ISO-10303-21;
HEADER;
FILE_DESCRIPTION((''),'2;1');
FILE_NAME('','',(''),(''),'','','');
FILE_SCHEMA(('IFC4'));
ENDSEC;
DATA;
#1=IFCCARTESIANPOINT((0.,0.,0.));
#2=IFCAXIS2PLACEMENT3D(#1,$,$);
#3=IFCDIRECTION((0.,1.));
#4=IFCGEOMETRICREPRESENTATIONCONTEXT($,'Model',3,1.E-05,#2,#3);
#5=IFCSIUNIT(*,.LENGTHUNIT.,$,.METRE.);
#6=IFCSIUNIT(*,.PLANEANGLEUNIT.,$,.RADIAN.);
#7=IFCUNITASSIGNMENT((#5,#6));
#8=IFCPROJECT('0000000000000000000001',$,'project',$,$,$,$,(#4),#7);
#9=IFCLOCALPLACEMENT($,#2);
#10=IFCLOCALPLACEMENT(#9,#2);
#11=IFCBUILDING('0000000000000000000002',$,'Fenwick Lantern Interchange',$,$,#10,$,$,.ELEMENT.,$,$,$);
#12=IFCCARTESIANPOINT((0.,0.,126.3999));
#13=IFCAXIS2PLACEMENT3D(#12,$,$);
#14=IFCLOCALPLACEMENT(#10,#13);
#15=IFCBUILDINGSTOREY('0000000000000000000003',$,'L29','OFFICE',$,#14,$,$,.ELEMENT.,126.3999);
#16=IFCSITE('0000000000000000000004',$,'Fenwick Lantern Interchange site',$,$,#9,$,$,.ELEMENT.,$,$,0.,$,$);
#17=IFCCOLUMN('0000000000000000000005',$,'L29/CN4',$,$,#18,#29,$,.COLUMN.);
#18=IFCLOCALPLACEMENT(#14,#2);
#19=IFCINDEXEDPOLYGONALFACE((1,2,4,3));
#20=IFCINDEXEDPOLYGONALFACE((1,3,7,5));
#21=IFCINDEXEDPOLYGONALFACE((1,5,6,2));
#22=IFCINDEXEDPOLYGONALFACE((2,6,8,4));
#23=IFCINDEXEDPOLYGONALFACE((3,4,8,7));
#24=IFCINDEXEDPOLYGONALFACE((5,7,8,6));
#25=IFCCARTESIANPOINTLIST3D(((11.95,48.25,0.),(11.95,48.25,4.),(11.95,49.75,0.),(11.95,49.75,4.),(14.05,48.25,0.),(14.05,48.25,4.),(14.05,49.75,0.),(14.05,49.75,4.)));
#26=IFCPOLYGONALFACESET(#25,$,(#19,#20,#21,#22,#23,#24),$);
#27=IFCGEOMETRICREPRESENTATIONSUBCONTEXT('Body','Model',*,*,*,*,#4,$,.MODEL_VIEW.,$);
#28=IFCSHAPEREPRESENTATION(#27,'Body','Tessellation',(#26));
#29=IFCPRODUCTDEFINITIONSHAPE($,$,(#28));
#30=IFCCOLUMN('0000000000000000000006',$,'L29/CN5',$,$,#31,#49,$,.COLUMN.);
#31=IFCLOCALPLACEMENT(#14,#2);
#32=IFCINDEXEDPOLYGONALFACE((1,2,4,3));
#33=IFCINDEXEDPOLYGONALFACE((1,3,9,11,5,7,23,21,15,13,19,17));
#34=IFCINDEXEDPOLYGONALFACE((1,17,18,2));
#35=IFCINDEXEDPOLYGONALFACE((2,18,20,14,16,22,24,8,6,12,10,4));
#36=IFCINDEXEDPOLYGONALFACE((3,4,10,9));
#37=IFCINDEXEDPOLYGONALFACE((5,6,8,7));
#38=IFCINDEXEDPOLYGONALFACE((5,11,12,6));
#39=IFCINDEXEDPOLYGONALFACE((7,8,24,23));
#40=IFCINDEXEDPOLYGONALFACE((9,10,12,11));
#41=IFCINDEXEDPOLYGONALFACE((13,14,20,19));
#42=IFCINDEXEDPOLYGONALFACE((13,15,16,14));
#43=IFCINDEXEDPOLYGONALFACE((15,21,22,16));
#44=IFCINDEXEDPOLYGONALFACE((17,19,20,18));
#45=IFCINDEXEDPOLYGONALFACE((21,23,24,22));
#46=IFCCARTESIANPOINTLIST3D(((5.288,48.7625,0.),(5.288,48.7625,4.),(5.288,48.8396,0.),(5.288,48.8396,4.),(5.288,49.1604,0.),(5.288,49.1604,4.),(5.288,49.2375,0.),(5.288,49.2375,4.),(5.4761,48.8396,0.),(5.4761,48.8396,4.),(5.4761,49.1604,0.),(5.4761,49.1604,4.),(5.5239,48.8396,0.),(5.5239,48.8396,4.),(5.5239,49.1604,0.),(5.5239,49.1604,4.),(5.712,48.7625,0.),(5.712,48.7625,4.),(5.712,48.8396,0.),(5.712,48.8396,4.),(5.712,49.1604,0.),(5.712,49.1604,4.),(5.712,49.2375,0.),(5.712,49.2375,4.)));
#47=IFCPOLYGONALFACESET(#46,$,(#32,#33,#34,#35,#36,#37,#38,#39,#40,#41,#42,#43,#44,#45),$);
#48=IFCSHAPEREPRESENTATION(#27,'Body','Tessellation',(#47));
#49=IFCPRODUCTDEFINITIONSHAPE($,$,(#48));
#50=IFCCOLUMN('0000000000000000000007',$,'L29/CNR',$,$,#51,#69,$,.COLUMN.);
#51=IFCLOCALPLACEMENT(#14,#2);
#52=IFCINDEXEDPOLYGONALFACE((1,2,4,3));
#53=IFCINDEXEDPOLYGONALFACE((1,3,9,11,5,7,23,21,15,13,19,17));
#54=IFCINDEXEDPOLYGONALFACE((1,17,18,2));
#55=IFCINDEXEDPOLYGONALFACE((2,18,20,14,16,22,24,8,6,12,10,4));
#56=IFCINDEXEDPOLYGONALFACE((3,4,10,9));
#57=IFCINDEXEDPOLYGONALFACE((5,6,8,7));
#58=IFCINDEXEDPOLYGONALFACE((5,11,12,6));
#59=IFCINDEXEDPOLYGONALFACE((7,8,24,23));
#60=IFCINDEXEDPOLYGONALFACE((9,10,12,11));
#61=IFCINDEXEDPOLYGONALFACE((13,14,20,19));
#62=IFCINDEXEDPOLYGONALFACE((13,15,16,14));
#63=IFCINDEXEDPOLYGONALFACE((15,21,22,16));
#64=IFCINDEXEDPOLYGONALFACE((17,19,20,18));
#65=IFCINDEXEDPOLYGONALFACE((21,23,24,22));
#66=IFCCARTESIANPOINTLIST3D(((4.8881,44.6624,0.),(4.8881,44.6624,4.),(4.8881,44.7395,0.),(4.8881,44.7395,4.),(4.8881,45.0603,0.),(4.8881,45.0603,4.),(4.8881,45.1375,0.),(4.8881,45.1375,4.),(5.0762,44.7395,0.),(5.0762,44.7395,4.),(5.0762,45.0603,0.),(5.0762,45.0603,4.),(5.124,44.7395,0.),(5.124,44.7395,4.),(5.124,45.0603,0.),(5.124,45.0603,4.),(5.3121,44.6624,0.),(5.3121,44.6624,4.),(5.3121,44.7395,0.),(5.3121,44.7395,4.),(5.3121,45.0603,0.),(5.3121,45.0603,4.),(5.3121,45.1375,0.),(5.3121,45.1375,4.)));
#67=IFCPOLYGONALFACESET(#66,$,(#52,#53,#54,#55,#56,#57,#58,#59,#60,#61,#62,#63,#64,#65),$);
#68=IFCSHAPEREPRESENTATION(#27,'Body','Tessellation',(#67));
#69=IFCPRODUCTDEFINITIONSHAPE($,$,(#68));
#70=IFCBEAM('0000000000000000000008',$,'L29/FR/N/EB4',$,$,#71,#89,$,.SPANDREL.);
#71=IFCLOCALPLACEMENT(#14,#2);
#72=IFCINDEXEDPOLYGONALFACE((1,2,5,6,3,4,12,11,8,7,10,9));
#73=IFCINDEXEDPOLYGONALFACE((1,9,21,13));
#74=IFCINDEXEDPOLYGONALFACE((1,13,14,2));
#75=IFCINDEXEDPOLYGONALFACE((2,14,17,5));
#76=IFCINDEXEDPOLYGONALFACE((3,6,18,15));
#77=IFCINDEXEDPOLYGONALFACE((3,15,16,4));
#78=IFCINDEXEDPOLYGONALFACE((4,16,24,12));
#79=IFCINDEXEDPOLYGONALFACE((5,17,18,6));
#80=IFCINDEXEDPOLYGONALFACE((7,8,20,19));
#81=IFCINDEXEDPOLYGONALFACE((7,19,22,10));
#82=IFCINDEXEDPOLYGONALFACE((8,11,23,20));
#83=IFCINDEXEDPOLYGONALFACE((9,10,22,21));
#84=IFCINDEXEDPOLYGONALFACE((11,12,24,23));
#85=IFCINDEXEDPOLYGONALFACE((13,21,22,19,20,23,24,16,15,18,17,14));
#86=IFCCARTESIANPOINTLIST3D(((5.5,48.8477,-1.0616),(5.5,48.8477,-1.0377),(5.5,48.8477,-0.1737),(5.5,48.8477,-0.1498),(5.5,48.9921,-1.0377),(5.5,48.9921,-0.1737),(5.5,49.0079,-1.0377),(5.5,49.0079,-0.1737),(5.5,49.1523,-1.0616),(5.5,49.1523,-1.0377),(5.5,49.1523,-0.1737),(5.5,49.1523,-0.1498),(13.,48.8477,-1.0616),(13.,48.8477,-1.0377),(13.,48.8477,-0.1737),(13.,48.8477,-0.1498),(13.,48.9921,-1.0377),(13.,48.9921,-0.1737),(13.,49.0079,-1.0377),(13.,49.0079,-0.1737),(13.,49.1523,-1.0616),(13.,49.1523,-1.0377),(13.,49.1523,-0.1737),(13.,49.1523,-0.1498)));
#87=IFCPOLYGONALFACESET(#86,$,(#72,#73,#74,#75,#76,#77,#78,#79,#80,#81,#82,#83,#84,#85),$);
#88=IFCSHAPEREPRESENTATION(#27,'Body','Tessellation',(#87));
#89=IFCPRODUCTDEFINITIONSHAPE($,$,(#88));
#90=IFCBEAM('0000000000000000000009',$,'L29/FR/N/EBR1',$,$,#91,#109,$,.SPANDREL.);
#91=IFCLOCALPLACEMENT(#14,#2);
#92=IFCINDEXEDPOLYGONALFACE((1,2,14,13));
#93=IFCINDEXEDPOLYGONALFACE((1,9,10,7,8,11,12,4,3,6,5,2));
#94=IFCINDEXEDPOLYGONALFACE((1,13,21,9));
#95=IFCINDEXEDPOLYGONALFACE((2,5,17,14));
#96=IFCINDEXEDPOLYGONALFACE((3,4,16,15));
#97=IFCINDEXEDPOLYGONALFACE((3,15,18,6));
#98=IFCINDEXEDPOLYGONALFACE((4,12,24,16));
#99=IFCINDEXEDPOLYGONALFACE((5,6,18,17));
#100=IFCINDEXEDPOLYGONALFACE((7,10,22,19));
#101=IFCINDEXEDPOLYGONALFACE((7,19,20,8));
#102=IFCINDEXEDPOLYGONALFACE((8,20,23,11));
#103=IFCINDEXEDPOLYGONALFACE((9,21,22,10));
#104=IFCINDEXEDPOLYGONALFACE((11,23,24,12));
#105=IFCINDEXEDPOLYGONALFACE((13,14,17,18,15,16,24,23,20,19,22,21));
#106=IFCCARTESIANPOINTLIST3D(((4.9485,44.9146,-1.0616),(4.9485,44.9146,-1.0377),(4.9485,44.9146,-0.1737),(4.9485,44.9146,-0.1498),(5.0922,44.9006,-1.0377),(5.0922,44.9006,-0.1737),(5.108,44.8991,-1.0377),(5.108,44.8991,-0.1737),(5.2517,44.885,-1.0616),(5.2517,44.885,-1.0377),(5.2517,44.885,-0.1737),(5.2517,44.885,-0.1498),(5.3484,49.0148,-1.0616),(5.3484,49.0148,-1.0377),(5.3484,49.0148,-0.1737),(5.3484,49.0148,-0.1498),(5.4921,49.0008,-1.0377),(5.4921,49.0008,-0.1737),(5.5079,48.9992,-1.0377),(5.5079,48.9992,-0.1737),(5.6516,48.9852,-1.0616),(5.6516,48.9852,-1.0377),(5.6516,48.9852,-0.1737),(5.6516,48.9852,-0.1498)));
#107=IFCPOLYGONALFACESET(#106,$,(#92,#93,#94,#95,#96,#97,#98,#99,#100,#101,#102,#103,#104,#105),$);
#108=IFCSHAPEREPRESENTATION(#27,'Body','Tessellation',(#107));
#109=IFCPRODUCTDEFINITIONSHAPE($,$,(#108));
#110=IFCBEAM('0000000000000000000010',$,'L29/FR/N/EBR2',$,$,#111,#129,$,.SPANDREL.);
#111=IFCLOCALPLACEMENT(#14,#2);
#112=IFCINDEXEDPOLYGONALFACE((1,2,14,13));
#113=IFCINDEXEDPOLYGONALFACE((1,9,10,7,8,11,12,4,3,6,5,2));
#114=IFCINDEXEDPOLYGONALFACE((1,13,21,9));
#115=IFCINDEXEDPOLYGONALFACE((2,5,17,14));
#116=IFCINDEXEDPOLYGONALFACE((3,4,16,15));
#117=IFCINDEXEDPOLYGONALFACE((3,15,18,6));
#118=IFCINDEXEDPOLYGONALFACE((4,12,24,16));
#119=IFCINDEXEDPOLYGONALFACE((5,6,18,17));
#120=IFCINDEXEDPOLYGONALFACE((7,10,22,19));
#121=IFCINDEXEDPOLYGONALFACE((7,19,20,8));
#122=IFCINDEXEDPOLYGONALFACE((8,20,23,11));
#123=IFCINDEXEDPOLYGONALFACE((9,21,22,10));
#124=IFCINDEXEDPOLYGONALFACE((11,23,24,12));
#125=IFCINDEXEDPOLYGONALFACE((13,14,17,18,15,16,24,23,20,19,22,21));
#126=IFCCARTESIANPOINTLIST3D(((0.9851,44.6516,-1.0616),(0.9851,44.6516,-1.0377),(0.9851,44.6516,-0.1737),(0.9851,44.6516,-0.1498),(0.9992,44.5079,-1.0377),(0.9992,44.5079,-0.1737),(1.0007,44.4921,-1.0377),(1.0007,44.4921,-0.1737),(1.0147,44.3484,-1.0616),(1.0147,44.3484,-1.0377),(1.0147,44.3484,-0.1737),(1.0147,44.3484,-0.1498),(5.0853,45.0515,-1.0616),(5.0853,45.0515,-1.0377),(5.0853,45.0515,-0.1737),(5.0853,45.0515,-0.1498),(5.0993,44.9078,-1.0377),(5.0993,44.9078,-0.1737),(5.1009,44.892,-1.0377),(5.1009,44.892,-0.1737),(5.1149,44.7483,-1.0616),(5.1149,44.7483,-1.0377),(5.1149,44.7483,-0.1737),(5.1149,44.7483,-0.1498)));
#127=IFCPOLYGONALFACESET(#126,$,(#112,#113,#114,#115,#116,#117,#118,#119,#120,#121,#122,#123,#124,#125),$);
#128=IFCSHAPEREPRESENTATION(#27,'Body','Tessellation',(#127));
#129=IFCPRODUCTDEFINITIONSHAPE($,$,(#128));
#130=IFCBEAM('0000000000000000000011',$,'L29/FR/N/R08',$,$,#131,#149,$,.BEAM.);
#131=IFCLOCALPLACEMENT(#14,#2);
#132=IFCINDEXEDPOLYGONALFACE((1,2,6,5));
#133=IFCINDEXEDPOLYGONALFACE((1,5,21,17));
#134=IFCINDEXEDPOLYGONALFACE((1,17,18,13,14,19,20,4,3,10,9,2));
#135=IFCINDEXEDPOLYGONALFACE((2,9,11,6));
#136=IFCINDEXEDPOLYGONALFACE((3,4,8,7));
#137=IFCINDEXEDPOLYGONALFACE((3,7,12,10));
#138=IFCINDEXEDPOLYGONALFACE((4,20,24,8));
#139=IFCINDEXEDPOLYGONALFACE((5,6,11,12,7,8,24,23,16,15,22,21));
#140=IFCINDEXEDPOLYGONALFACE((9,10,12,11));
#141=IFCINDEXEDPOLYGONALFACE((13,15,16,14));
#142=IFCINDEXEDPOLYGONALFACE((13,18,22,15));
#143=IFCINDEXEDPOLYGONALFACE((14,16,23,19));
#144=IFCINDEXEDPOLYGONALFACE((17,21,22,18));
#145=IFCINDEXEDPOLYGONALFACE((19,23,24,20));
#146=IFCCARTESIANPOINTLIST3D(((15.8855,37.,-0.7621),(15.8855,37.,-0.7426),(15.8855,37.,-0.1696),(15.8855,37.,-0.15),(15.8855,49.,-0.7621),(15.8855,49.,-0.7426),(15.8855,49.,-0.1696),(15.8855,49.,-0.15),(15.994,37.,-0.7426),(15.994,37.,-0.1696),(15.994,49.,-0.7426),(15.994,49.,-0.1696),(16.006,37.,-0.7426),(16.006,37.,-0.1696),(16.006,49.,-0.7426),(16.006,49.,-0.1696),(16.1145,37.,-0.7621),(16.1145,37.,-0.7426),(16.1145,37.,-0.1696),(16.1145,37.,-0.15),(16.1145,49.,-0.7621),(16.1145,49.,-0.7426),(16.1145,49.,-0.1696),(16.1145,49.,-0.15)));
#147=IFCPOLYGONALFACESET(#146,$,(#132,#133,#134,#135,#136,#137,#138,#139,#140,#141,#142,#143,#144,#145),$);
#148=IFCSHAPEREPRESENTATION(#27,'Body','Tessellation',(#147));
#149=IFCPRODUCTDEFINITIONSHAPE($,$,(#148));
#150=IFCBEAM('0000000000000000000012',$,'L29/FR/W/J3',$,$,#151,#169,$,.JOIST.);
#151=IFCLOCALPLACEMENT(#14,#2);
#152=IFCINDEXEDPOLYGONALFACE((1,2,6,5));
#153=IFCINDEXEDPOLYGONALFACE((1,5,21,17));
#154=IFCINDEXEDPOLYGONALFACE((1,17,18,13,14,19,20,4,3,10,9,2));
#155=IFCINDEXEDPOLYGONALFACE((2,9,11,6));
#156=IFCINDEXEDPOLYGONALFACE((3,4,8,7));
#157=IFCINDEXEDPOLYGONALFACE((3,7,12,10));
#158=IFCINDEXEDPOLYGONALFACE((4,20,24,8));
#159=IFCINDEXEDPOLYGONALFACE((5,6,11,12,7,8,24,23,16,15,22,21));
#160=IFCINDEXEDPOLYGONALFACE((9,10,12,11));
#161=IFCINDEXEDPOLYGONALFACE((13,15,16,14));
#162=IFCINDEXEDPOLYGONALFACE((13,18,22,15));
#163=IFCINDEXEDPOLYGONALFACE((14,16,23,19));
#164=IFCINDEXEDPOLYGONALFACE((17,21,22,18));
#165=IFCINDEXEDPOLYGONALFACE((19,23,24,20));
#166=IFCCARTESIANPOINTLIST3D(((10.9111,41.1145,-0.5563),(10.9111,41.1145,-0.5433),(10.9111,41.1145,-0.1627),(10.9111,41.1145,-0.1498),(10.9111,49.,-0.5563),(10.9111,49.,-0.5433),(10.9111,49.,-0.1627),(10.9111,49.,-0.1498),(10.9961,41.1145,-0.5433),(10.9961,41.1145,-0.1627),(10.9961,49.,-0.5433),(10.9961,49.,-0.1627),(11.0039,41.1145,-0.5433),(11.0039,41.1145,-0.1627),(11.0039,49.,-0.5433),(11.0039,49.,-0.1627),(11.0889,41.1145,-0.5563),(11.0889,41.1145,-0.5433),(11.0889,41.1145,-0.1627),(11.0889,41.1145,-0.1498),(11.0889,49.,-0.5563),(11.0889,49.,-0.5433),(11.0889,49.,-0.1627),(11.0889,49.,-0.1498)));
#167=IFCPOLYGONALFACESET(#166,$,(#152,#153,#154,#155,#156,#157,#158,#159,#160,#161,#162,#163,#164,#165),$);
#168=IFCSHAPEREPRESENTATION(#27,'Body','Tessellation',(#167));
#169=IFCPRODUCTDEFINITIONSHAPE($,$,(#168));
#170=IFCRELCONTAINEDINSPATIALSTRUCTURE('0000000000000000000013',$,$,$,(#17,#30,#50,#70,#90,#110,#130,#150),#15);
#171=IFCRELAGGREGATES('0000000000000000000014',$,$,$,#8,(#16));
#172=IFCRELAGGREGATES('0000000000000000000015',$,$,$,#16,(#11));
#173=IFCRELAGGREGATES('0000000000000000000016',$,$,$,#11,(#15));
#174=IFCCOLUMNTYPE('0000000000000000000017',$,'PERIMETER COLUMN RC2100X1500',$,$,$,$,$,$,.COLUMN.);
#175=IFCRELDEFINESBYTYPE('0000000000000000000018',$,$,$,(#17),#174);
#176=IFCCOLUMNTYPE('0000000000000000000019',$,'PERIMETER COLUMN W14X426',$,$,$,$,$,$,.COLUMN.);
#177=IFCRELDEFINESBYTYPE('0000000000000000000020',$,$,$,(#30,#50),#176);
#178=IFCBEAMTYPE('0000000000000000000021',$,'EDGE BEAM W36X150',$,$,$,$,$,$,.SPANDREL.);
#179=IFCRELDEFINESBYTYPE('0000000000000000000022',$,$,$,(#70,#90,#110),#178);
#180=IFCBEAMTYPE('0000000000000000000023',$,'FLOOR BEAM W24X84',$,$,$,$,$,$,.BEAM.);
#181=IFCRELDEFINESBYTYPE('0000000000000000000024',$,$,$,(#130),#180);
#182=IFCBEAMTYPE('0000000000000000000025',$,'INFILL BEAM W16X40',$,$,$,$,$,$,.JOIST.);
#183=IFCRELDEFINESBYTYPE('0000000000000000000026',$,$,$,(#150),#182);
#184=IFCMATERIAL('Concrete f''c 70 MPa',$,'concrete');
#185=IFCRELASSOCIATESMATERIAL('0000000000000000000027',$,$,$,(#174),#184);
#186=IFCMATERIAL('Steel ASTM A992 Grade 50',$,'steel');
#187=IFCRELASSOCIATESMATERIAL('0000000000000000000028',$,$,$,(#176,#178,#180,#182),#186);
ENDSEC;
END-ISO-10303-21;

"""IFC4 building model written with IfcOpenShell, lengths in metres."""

from ifc_helpers import new_model, si_unit, direction, frame, origin, origin_2d, place, context, subcontext, project, spatial, rectangle, i_section, extrude, material, material_profile, profile_set, type_object, element, save


model = new_model("IFC4")

# Units and contexts
model_context = context("Model", 3, precision=1e-05, world=origin(), true_north=direction((0.0, 1.0)))
body_context = subcontext(model_context, "Body", "Model", "MODEL_VIEW")
ifc_project = project(units=[si_unit("LENGTHUNIT", "METRE"), si_unit("PLANEANGLEUNIT", "RADIAN")], contexts=[model_context])

# Site, building, storey
site_placement = place(None, origin())
site = spatial("IfcSite", under=ifc_project, at=site_placement, Name="Fenwick Lantern Interchange site", CompositionType="ELEMENT", RefElevation=0.0)
building_placement = place(site_placement, origin())
building = spatial("IfcBuilding", under=site, at=building_placement, Name="Fenwick Lantern Interchange", CompositionType="ELEMENT")
storey_placement = place(building_placement, frame((0.0, 0.0, 126.3999)))
storey = spatial("IfcBuildingStorey", under=building, at=storey_placement, Name="L29", Description="OFFICE", CompositionType="ELEMENT", Elevation=126.3999)

# Columns
ifc_material_1 = material(Name="Concrete f'c 70 MPa", Category="concrete")
ifc_material_profile_1 = material_profile(ifc_material_1, rectangle(XDim=2.1001, YDim=1.5, at=origin_2d()), Name="RC2100X1500")
ifc_profile_set_1 = profile_set([ifc_material_profile_1], Name="Concrete f'c 70 MPa")
column_type_1 = type_object("IfcColumnType", Name="PERIMETER COLUMN RC2100X1500", PredefinedType="COLUMN", material=ifc_profile_set_1)
column_placement = place(storey_placement, frame((13.0, 49.0, 0.0), z_axis=(0.0, 0.0, 1.0), x_axis=(1.0, 0.0, 0.0)))
element("IfcColumn", 1, at=column_placement, inside=storey, type_object=column_type_1, Name="L29/CN4", PredefinedType="COLUMN", context=body_context, shape_type="SweptSolid", body=[
    extrude(rectangle(XDim=2.1001, YDim=1.5, at=origin_2d()), origin(), (0.0, 0.0, 1.0), 4.0),
])
ifc_material_2 = material(Name="Steel ASTM A992 Grade 50", Category="steel")
ifc_material_profile_2 = material_profile(ifc_material_2, i_section(OverallWidth=0.4241, OverallDepth=0.4751, WebThickness=0.0479, FlangeThickness=0.0771, at=origin_2d()), Name="W14X426")
ifc_profile_set_2 = profile_set([ifc_material_profile_2], Name="Steel ASTM A992 Grade 50")
column_type_2 = type_object("IfcColumnType", Name="PERIMETER COLUMN W14X426", PredefinedType="COLUMN", material=ifc_profile_set_2)
for number, where, z_axis, x_axis, name in (
    (2, (5.5, 49.0, 0.0), (0.0, 0.0, 1.0), (1.0, 0.0, 0.0), "L29/CN5"),
    (3, (5.1001, 44.8999, 0.0), (0.0, 0.0, 1.0), (1.0, 0.0, 0.0), "L29/CNR"),
):
    element("IfcColumn", number, at=place(storey_placement, frame(where, z_axis=z_axis, x_axis=x_axis)), inside=storey, type_object=column_type_2, Name=name, PredefinedType="COLUMN", context=body_context, shape_type="SweptSolid", body=[
        extrude(i_section(OverallWidth=0.4241, OverallDepth=0.4751, WebThickness=0.0479, FlangeThickness=0.0771, at=origin_2d()), origin(), (0.0, 0.0, 1.0), 4.0),
    ])

# Beams
ifc_material_profile_3 = material_profile(ifc_material_2, i_section(OverallWidth=0.3047, OverallDepth=0.9119, WebThickness=0.0159, FlangeThickness=0.0239, at=origin_2d()), Name="W36X150")
ifc_profile_set_3 = profile_set([ifc_material_profile_3], Name="Steel ASTM A992 Grade 50")
beam_type_1 = type_object("IfcBeamType", Name="EDGE BEAM W36X150", PredefinedType="SPANDREL", material=ifc_profile_set_3)
beam_1_placement = place(storey_placement, frame((13.0, 49.0, -0.6057), z_axis=(-1.0, 0.0, 0.0), x_axis=(0.0, -1.0, 0.0)))
element("IfcBeam", 4, at=beam_1_placement, inside=storey, type_object=beam_type_1, Name="L29/FR/N/EB4", PredefinedType="SPANDREL", context=body_context, shape_type="SweptSolid", body=[
    extrude(i_section(OverallWidth=0.3047, OverallDepth=0.9119, WebThickness=0.0159, FlangeThickness=0.0239, at=origin_2d()), origin(), (0.0, 0.0, 1.0), 7.5),
])
for number, where, z_axis, x_axis, name in (
    (5, (5.5, 49.0, -0.6057), (-0.097074, -0.995277, 0.0), (0.995277, -0.097074, 0.0), "L29/FR/N/EBR1"),
    (6, (5.1001, 44.8999, -0.6057), (-0.995277, -0.097074, 0.0), (0.097074, -0.995277, 0.0), "L29/FR/N/EBR2"),
):
    element("IfcBeam", number, at=place(storey_placement, frame(where, z_axis=z_axis, x_axis=x_axis)), inside=storey, type_object=beam_type_1, Name=name, PredefinedType="SPANDREL", context=body_context, shape_type="SweptSolid", body=[
        extrude(i_section(OverallWidth=0.3047, OverallDepth=0.9119, WebThickness=0.0159, FlangeThickness=0.0239, at=origin_2d()), origin(), (0.0, 0.0, 1.0), 4.1196),
    ])
ifc_material_profile_4 = material_profile(ifc_material_2, i_section(OverallWidth=0.229, OverallDepth=0.6121, WebThickness=0.012, FlangeThickness=0.0195, at=origin_2d()), Name="W24X84")
ifc_profile_set_4 = profile_set([ifc_material_profile_4], Name="Steel ASTM A992 Grade 50")
beam_type_2 = type_object("IfcBeamType", Name="FLOOR BEAM W24X84", PredefinedType="BEAM", material=ifc_profile_set_4)
beam_2_placement = place(storey_placement, frame((16.0, 49.0, -0.4561), z_axis=(0.0, -1.0, 0.0), x_axis=(1.0, 0.0, 0.0)))
element("IfcBeam", 7, at=beam_2_placement, inside=storey, type_object=beam_type_2, Name="L29/FR/N/R08", PredefinedType="BEAM", context=body_context, shape_type="SweptSolid", body=[
    extrude(i_section(OverallWidth=0.229, OverallDepth=0.6121, WebThickness=0.012, FlangeThickness=0.0195, at=origin_2d()), origin(), (0.0, 0.0, 1.0), 12.0),
])
ifc_material_profile_5 = material_profile(ifc_material_2, i_section(OverallWidth=0.1777, OverallDepth=0.4065, WebThickness=0.0078, FlangeThickness=0.0129, at=origin_2d()), Name="W16X40")
ifc_profile_set_5 = profile_set([ifc_material_profile_5], Name="Steel ASTM A992 Grade 50")
beam_type_3 = type_object("IfcBeamType", Name="INFILL BEAM W16X40", PredefinedType="JOIST", material=ifc_profile_set_5)
beam_3_placement = place(storey_placement, frame((11.0, 49.0, -0.353), z_axis=(0.0, -1.0, 0.0), x_axis=(1.0, 0.0, 0.0)))
element("IfcBeam", 8, at=beam_3_placement, inside=storey, type_object=beam_type_3, Name="L29/FR/W/J3", PredefinedType="JOIST", context=body_context, shape_type="SweptSolid", body=[
    extrude(i_section(OverallWidth=0.1777, OverallDepth=0.4065, WebThickness=0.0078, FlangeThickness=0.0129, at=origin_2d()), origin(), (0.0, 0.0, 1.0), 7.8855),
])

save(model, "model.ifc")
